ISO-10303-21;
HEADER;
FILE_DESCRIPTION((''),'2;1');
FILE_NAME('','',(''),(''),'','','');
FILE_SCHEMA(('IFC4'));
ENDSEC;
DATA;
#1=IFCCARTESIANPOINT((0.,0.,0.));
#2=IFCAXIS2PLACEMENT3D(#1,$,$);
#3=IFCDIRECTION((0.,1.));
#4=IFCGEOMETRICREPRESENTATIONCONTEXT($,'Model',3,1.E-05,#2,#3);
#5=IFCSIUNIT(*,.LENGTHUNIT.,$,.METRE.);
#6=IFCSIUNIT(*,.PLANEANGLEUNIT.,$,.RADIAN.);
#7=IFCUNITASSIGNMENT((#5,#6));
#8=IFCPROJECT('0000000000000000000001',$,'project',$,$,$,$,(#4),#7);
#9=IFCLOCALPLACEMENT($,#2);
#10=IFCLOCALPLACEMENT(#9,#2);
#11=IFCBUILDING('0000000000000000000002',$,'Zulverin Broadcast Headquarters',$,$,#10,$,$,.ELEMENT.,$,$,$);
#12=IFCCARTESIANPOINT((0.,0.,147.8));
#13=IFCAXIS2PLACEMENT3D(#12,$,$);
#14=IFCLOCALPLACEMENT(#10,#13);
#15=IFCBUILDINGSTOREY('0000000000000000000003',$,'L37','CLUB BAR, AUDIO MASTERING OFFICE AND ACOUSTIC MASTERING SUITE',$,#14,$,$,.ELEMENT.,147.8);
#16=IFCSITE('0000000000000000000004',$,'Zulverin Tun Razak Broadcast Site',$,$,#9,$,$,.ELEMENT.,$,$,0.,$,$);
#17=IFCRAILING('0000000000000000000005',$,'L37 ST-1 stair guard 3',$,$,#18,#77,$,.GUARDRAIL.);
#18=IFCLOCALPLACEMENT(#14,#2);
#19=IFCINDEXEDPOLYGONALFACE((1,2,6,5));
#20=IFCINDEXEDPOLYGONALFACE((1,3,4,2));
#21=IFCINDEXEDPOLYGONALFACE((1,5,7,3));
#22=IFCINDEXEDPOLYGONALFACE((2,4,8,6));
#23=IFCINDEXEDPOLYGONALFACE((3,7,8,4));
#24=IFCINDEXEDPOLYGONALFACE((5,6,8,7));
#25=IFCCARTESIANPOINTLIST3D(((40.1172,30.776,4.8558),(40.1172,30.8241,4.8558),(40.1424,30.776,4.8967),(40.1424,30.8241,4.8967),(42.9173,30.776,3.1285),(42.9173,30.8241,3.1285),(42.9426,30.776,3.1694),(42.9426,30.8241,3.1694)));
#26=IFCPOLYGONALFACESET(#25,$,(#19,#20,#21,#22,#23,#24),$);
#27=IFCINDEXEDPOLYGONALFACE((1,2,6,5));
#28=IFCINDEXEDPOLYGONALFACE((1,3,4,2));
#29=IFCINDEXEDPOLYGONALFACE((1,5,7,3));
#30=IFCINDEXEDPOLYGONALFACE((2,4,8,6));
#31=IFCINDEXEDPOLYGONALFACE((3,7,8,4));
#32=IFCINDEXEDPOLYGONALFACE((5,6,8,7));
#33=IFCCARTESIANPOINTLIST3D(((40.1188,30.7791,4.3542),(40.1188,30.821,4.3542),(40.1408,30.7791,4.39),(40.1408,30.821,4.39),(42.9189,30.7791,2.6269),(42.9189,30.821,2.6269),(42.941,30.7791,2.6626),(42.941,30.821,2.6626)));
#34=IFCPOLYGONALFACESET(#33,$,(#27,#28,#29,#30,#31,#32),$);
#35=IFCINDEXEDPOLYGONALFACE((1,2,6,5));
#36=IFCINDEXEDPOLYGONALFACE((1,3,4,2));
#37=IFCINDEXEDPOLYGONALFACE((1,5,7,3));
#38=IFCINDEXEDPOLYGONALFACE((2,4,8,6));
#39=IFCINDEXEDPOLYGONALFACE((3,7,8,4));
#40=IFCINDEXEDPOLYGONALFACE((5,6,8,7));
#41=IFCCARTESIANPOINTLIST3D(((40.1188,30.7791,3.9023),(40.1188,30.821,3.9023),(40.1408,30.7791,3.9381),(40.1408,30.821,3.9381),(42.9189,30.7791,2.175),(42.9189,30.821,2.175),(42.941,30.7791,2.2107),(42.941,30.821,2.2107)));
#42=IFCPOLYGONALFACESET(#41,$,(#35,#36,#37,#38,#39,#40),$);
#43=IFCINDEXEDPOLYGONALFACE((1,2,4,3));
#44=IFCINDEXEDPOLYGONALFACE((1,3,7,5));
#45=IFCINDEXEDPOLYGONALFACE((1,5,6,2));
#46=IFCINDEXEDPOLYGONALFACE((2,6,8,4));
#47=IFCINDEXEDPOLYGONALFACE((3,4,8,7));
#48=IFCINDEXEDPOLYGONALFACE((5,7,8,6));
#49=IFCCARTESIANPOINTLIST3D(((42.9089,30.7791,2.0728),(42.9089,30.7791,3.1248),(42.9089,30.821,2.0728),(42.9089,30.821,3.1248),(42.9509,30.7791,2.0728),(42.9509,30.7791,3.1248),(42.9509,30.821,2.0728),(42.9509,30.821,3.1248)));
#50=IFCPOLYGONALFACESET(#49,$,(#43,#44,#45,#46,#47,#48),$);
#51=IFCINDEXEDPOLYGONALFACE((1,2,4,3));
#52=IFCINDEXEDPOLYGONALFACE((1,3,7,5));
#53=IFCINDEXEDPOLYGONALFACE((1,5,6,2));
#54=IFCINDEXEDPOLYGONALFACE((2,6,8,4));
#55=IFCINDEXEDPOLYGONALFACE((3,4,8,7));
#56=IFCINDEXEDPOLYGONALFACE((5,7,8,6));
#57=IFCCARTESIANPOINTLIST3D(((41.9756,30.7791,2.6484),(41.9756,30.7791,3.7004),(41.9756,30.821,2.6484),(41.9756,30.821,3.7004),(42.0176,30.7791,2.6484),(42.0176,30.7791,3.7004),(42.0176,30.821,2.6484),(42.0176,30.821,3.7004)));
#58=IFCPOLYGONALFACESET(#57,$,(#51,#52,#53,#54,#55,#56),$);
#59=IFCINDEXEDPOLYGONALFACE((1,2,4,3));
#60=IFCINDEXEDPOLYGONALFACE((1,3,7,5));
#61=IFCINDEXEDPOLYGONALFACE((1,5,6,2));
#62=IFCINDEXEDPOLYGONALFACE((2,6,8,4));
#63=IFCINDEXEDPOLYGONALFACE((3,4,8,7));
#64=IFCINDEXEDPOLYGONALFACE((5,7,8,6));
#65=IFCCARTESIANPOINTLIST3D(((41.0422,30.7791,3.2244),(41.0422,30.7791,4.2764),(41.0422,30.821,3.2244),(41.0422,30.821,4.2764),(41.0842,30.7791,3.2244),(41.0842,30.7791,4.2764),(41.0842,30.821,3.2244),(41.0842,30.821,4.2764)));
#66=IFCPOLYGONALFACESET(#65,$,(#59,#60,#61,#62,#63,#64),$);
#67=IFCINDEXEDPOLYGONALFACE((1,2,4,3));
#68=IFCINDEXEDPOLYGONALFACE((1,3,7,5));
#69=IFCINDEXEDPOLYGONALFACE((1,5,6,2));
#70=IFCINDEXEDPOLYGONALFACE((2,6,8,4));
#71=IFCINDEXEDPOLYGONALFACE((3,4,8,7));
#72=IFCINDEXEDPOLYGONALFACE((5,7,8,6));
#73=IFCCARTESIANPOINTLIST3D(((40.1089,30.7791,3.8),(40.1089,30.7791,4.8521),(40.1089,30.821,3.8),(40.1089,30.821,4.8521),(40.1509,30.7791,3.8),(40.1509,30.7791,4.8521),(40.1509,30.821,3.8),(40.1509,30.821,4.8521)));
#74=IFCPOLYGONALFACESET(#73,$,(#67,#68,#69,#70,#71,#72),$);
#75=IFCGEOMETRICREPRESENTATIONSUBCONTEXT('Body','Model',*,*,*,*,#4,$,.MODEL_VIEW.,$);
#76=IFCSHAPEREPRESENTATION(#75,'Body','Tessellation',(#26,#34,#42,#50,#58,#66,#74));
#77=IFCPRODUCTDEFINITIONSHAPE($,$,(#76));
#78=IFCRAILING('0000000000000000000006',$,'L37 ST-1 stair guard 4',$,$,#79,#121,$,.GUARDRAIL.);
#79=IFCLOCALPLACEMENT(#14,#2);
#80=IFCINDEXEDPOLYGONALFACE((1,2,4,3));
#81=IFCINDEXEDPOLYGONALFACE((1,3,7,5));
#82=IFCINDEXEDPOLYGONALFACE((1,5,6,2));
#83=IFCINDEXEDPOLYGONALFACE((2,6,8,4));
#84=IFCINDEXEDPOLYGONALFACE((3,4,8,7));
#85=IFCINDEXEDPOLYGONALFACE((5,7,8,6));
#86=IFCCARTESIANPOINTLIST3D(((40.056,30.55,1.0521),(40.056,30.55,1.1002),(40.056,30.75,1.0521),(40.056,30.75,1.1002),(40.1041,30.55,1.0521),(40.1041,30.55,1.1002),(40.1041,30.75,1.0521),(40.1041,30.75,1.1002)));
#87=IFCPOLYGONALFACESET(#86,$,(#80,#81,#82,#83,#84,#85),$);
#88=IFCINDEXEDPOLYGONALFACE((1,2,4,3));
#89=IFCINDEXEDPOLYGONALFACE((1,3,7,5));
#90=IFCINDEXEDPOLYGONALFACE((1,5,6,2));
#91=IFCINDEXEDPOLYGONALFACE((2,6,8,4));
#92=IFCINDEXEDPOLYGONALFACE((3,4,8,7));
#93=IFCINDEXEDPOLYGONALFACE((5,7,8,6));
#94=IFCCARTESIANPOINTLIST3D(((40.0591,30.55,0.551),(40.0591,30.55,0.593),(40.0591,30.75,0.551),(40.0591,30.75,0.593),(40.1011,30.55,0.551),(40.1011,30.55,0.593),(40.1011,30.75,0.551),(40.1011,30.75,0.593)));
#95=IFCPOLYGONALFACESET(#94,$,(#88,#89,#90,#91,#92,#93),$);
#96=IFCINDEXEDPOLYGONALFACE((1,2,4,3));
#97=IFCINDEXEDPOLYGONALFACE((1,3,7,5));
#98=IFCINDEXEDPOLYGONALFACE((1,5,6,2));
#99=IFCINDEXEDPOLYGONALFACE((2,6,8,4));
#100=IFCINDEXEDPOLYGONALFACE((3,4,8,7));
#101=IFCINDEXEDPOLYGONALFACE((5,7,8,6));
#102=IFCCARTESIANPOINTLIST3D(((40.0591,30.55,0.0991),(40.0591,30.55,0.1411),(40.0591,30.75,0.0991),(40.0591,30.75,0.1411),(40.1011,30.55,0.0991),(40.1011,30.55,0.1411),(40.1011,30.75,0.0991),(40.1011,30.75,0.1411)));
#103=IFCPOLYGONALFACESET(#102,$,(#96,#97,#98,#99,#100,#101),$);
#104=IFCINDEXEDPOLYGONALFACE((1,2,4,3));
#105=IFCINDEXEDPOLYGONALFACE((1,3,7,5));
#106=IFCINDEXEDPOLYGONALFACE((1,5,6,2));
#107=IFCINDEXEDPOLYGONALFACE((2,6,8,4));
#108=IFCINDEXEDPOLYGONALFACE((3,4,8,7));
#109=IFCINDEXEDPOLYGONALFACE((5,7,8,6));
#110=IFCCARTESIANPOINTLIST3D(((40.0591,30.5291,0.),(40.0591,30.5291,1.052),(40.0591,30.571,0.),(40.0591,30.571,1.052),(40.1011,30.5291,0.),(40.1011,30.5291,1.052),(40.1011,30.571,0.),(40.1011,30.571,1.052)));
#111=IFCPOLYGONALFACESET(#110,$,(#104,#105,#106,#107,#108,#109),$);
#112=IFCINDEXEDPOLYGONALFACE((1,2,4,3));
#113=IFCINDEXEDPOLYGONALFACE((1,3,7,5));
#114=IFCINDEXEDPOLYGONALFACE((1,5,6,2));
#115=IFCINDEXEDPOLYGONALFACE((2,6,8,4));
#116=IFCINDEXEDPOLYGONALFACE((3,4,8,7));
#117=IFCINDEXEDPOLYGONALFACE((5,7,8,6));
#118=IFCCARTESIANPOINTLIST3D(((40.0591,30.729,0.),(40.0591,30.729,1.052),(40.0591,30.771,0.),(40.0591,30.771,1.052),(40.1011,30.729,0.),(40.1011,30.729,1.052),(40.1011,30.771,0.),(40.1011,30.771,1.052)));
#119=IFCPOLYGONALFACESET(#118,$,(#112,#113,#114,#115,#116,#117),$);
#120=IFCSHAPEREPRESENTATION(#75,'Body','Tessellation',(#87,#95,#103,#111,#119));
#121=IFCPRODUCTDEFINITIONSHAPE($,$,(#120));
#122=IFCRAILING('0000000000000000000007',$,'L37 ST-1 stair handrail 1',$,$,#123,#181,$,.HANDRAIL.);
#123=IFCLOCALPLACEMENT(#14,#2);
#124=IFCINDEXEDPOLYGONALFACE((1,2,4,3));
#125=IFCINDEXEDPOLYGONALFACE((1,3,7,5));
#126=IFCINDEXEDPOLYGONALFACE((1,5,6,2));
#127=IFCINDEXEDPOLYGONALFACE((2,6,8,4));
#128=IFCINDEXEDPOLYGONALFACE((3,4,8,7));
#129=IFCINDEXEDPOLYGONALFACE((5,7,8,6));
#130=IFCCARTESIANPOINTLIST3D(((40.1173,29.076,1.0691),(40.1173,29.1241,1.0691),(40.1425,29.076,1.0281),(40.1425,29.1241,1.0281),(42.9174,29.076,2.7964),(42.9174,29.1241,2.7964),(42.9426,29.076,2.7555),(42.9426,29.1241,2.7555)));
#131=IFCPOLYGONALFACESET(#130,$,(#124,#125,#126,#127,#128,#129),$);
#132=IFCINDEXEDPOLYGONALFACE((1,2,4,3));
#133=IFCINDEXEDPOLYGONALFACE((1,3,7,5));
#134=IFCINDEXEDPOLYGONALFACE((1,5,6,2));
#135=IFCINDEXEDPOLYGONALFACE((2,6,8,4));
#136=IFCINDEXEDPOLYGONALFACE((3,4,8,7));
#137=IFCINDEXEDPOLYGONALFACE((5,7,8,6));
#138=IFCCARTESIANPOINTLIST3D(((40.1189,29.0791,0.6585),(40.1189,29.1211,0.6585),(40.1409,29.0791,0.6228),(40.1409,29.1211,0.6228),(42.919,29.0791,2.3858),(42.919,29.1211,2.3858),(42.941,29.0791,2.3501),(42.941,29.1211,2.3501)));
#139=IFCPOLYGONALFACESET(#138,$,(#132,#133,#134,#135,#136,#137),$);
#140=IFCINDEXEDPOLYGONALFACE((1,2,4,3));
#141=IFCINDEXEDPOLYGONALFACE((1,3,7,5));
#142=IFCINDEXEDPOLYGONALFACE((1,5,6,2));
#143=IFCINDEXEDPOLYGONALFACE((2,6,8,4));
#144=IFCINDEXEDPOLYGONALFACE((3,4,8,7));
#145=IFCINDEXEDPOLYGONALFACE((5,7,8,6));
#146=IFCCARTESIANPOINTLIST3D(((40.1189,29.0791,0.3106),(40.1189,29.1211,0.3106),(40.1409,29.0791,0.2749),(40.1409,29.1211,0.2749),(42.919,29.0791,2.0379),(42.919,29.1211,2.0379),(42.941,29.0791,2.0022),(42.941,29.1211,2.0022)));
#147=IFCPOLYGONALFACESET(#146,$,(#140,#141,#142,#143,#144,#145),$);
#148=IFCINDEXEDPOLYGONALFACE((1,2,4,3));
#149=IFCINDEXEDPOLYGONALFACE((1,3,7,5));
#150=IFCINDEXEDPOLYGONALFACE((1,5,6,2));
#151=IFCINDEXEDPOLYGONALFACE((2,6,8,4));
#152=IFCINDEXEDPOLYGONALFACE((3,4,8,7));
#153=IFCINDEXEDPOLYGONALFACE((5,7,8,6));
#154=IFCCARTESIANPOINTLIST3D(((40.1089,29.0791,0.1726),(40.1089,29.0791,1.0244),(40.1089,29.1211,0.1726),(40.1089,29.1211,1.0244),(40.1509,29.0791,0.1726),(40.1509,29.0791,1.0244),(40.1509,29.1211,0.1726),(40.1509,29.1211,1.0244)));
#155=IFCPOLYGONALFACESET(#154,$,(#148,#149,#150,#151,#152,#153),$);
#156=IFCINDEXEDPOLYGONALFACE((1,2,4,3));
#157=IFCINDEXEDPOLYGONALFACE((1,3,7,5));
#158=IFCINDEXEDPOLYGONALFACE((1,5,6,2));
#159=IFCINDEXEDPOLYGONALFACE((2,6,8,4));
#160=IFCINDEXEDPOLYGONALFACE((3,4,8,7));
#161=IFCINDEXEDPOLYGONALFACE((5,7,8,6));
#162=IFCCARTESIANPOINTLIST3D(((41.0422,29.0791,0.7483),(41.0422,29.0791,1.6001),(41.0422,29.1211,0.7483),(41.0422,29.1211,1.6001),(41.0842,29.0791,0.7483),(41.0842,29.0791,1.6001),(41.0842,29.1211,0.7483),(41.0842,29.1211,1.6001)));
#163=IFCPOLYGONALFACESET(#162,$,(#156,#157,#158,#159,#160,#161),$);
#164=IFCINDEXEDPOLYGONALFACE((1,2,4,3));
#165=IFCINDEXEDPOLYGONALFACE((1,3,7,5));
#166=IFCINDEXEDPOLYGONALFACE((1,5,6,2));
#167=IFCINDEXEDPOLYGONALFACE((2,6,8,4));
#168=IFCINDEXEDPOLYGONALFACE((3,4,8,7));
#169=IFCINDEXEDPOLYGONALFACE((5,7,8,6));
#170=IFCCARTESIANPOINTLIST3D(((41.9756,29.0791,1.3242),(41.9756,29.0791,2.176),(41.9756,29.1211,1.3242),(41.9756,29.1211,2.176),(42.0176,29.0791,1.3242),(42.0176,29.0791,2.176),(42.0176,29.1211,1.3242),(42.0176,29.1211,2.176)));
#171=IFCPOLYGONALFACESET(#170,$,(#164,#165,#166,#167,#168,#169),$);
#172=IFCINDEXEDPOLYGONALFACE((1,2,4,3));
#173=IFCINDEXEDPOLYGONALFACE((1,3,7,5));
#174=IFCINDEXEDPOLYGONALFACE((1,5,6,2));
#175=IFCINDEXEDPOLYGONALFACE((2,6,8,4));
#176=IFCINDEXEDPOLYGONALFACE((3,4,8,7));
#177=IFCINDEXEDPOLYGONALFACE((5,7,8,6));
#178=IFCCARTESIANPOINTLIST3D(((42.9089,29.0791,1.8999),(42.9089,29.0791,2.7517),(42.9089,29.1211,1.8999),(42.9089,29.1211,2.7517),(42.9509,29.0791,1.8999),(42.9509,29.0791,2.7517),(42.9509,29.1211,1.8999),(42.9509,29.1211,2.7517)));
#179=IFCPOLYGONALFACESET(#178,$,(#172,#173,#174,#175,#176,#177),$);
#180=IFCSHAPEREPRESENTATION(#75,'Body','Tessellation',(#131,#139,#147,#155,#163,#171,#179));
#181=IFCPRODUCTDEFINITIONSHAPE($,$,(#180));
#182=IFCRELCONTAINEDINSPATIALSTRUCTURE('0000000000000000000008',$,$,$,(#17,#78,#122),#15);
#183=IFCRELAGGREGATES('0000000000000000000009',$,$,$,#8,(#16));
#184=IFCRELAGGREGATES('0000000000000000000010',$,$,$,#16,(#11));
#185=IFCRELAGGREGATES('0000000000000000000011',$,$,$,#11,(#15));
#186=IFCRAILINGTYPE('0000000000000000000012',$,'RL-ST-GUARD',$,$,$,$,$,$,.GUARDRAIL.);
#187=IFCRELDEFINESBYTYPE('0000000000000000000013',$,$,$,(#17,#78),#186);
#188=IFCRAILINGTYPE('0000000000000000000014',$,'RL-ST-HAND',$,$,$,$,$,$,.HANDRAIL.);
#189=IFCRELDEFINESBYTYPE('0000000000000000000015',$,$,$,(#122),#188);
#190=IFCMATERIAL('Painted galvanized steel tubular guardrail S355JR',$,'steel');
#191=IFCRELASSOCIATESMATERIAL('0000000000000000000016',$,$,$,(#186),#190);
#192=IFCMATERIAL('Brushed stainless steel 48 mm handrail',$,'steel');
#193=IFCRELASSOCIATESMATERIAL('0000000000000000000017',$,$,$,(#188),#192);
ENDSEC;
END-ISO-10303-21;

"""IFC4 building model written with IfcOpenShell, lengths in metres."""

from ifc_helpers import new_model, si_unit, direction, frame, origin, origin_2d, place, context, subcontext, project, spatial, rectangle, extrude, material, type_object, element, save


model = new_model("IFC4")

# Units and contexts
model_context = context("Model", 3, precision=1e-05, world=origin(), true_north=direction((0.0, 1.0)))
body_context = subcontext(model_context, "Body", "Model", "MODEL_VIEW")
ifc_project = project(units=[si_unit("LENGTHUNIT", "METRE"), si_unit("PLANEANGLEUNIT", "RADIAN")], contexts=[model_context])

# Site, building, storey
site_placement = place(None, origin())
site = spatial("IfcSite", under=ifc_project, at=site_placement, Name="Zulverin Tun Razak Broadcast Site", CompositionType="ELEMENT", RefElevation=0.0)
building_placement = place(site_placement, origin())
building = spatial("IfcBuilding", under=site, at=building_placement, Name="Zulverin Broadcast Headquarters", CompositionType="ELEMENT")
storey_placement = place(building_placement, frame((0.0, 0.0, 147.8)))
storey = spatial("IfcBuildingStorey", under=building, at=storey_placement, Name="L37", Description="CLUB BAR, AUDIO MASTERING OFFICE AND ACOUSTIC MASTERING SUITE", CompositionType="ELEMENT", Elevation=147.8)

# Railings
ifc_material_1 = material(Name="Painted galvanized steel tubular guardrail S355JR", Category="steel")
railing_type_1 = type_object("IfcRailingType", Name="RL-ST-GUARD", PredefinedType="GUARDRAIL", material=ifc_material_1)
railing_1_placement = place(storey_placement, frame((42.9299, 30.8, 2.0728)))
element("IfcRailing", 1, at=railing_1_placement, inside=storey, type_object=railing_type_1, Name="L37 ST-1 stair guard 3", PredefinedType="GUARDRAIL", context=body_context, shape_type="SweptSolid", body=[
    extrude(rectangle(XDim=0.0481, YDim=0.0481, at=origin_2d()), frame((0.0, 0.0, 1.0762), z_axis=(-0.85109, 0.0, 0.52502), x_axis=(0.0, -1.0, 0.0)), (0.0, 0.0, 1.0), 3.29),
    extrude(rectangle(XDim=0.042, YDim=0.042, at=origin_2d()), frame((0.0, 0.0, 0.572), z_axis=(-0.85109, 0.0, 0.52502), x_axis=(0.0, -1.0, 0.0)), (0.0, 0.0, 1.0), 3.29),
    extrude(rectangle(XDim=0.042, YDim=0.042, at=origin_2d()), frame((0.0, 0.0, 0.1201), z_axis=(-0.85109, 0.0, 0.52502), x_axis=(0.0, -1.0, 0.0)), (0.0, 0.0, 1.0), 3.29),
    extrude(rectangle(XDim=0.042, YDim=0.042, at=origin_2d()), origin(), (0.0, 0.0, 1.0), 1.052),
    extrude(rectangle(XDim=0.042, YDim=0.042, at=origin_2d()), frame((-0.9333, 0.0, 0.5757)), (0.0, 0.0, 1.0), 1.052),
    extrude(rectangle(XDim=0.042, YDim=0.042, at=origin_2d()), frame((-1.8667, 0.0, 1.1516)), (0.0, 0.0, 1.0), 1.052),
    extrude(rectangle(XDim=0.042, YDim=0.042, at=origin_2d()), frame((-2.8, 0.0, 1.7273)), (0.0, 0.0, 1.0), 1.052),
])
railing_2_placement = place(storey_placement, frame((40.0801, 30.55, 0.0)))
element("IfcRailing", 2, at=railing_2_placement, inside=storey, type_object=railing_type_1, Name="L37 ST-1 stair guard 4", PredefinedType="GUARDRAIL", context=body_context, shape_type="SweptSolid", body=[
    extrude(rectangle(XDim=0.0481, YDim=0.0481, at=origin_2d()), frame((0.0, 0.0, 1.0762), z_axis=(0.0, 1.0, 0.0), x_axis=(-1.0, 0.0, 0.0)), (0.0, 0.0, 1.0), 0.2),
    extrude(rectangle(XDim=0.042, YDim=0.042, at=origin_2d()), frame((0.0, 0.0, 0.572), z_axis=(0.0, 1.0, 0.0), x_axis=(-1.0, 0.0, 0.0)), (0.0, 0.0, 1.0), 0.2),
    extrude(rectangle(XDim=0.042, YDim=0.042, at=origin_2d()), frame((0.0, 0.0, 0.1201), z_axis=(0.0, 1.0, 0.0), x_axis=(-1.0, 0.0, 0.0)), (0.0, 0.0, 1.0), 0.2),
    extrude(rectangle(XDim=0.042, YDim=0.042, at=origin_2d()), origin(), (0.0, 0.0, 1.0), 1.052),
    extrude(rectangle(XDim=0.042, YDim=0.042, at=origin_2d()), frame((0.0, 0.2, 0.0)), (0.0, 0.0, 1.0), 1.052),
])
ifc_material_2 = material(Name="Brushed stainless steel 48 mm handrail", Category="steel")
railing_type_2 = type_object("IfcRailingType", Name="RL-ST-HAND", PredefinedType="HANDRAIL", material=ifc_material_2)
railing_3_placement = place(storey_placement, frame((40.1299, 29.1001, 0.1726)))
element("IfcRailing", 3, at=railing_3_placement, inside=storey, type_object=railing_type_2, Name="L37 ST-1 stair handrail 1", PredefinedType="HANDRAIL", context=body_context, shape_type="SweptSolid", body=[
    extrude(rectangle(XDim=0.0481, YDim=0.0481, at=origin_2d()), frame((0.0, 0.0, 0.876), z_axis=(0.85109, 0.0, 0.52502), x_axis=(0.0, 1.0, 0.0)), (0.0, 0.0, 1.0), 3.29),
    extrude(rectangle(XDim=0.042, YDim=0.042, at=origin_2d()), frame((0.0, 0.0, 0.468), z_axis=(0.85109, 0.0, 0.52502), x_axis=(0.0, 1.0, 0.0)), (0.0, 0.0, 1.0), 3.29),
    extrude(rectangle(XDim=0.042, YDim=0.042, at=origin_2d()), frame((0.0, 0.0, 0.1201), z_axis=(0.85109, 0.0, 0.52502), x_axis=(0.0, 1.0, 0.0)), (0.0, 0.0, 1.0), 3.29),
    extrude(rectangle(XDim=0.042, YDim=0.042, at=origin_2d()), origin(), (0.0, 0.0, 1.0), 0.8518),
    extrude(rectangle(XDim=0.042, YDim=0.042, at=origin_2d()), frame((0.9333, 0.0, 0.5757)), (0.0, 0.0, 1.0), 0.8518),
    extrude(rectangle(XDim=0.042, YDim=0.042, at=origin_2d()), frame((1.8667, 0.0, 1.1516)), (0.0, 0.0, 1.0), 0.8518),
    extrude(rectangle(XDim=0.042, YDim=0.042, at=origin_2d()), frame((2.8, 0.0, 1.7273)), (0.0, 0.0, 1.0), 0.8518),
])

save(model, "model.ifc")
